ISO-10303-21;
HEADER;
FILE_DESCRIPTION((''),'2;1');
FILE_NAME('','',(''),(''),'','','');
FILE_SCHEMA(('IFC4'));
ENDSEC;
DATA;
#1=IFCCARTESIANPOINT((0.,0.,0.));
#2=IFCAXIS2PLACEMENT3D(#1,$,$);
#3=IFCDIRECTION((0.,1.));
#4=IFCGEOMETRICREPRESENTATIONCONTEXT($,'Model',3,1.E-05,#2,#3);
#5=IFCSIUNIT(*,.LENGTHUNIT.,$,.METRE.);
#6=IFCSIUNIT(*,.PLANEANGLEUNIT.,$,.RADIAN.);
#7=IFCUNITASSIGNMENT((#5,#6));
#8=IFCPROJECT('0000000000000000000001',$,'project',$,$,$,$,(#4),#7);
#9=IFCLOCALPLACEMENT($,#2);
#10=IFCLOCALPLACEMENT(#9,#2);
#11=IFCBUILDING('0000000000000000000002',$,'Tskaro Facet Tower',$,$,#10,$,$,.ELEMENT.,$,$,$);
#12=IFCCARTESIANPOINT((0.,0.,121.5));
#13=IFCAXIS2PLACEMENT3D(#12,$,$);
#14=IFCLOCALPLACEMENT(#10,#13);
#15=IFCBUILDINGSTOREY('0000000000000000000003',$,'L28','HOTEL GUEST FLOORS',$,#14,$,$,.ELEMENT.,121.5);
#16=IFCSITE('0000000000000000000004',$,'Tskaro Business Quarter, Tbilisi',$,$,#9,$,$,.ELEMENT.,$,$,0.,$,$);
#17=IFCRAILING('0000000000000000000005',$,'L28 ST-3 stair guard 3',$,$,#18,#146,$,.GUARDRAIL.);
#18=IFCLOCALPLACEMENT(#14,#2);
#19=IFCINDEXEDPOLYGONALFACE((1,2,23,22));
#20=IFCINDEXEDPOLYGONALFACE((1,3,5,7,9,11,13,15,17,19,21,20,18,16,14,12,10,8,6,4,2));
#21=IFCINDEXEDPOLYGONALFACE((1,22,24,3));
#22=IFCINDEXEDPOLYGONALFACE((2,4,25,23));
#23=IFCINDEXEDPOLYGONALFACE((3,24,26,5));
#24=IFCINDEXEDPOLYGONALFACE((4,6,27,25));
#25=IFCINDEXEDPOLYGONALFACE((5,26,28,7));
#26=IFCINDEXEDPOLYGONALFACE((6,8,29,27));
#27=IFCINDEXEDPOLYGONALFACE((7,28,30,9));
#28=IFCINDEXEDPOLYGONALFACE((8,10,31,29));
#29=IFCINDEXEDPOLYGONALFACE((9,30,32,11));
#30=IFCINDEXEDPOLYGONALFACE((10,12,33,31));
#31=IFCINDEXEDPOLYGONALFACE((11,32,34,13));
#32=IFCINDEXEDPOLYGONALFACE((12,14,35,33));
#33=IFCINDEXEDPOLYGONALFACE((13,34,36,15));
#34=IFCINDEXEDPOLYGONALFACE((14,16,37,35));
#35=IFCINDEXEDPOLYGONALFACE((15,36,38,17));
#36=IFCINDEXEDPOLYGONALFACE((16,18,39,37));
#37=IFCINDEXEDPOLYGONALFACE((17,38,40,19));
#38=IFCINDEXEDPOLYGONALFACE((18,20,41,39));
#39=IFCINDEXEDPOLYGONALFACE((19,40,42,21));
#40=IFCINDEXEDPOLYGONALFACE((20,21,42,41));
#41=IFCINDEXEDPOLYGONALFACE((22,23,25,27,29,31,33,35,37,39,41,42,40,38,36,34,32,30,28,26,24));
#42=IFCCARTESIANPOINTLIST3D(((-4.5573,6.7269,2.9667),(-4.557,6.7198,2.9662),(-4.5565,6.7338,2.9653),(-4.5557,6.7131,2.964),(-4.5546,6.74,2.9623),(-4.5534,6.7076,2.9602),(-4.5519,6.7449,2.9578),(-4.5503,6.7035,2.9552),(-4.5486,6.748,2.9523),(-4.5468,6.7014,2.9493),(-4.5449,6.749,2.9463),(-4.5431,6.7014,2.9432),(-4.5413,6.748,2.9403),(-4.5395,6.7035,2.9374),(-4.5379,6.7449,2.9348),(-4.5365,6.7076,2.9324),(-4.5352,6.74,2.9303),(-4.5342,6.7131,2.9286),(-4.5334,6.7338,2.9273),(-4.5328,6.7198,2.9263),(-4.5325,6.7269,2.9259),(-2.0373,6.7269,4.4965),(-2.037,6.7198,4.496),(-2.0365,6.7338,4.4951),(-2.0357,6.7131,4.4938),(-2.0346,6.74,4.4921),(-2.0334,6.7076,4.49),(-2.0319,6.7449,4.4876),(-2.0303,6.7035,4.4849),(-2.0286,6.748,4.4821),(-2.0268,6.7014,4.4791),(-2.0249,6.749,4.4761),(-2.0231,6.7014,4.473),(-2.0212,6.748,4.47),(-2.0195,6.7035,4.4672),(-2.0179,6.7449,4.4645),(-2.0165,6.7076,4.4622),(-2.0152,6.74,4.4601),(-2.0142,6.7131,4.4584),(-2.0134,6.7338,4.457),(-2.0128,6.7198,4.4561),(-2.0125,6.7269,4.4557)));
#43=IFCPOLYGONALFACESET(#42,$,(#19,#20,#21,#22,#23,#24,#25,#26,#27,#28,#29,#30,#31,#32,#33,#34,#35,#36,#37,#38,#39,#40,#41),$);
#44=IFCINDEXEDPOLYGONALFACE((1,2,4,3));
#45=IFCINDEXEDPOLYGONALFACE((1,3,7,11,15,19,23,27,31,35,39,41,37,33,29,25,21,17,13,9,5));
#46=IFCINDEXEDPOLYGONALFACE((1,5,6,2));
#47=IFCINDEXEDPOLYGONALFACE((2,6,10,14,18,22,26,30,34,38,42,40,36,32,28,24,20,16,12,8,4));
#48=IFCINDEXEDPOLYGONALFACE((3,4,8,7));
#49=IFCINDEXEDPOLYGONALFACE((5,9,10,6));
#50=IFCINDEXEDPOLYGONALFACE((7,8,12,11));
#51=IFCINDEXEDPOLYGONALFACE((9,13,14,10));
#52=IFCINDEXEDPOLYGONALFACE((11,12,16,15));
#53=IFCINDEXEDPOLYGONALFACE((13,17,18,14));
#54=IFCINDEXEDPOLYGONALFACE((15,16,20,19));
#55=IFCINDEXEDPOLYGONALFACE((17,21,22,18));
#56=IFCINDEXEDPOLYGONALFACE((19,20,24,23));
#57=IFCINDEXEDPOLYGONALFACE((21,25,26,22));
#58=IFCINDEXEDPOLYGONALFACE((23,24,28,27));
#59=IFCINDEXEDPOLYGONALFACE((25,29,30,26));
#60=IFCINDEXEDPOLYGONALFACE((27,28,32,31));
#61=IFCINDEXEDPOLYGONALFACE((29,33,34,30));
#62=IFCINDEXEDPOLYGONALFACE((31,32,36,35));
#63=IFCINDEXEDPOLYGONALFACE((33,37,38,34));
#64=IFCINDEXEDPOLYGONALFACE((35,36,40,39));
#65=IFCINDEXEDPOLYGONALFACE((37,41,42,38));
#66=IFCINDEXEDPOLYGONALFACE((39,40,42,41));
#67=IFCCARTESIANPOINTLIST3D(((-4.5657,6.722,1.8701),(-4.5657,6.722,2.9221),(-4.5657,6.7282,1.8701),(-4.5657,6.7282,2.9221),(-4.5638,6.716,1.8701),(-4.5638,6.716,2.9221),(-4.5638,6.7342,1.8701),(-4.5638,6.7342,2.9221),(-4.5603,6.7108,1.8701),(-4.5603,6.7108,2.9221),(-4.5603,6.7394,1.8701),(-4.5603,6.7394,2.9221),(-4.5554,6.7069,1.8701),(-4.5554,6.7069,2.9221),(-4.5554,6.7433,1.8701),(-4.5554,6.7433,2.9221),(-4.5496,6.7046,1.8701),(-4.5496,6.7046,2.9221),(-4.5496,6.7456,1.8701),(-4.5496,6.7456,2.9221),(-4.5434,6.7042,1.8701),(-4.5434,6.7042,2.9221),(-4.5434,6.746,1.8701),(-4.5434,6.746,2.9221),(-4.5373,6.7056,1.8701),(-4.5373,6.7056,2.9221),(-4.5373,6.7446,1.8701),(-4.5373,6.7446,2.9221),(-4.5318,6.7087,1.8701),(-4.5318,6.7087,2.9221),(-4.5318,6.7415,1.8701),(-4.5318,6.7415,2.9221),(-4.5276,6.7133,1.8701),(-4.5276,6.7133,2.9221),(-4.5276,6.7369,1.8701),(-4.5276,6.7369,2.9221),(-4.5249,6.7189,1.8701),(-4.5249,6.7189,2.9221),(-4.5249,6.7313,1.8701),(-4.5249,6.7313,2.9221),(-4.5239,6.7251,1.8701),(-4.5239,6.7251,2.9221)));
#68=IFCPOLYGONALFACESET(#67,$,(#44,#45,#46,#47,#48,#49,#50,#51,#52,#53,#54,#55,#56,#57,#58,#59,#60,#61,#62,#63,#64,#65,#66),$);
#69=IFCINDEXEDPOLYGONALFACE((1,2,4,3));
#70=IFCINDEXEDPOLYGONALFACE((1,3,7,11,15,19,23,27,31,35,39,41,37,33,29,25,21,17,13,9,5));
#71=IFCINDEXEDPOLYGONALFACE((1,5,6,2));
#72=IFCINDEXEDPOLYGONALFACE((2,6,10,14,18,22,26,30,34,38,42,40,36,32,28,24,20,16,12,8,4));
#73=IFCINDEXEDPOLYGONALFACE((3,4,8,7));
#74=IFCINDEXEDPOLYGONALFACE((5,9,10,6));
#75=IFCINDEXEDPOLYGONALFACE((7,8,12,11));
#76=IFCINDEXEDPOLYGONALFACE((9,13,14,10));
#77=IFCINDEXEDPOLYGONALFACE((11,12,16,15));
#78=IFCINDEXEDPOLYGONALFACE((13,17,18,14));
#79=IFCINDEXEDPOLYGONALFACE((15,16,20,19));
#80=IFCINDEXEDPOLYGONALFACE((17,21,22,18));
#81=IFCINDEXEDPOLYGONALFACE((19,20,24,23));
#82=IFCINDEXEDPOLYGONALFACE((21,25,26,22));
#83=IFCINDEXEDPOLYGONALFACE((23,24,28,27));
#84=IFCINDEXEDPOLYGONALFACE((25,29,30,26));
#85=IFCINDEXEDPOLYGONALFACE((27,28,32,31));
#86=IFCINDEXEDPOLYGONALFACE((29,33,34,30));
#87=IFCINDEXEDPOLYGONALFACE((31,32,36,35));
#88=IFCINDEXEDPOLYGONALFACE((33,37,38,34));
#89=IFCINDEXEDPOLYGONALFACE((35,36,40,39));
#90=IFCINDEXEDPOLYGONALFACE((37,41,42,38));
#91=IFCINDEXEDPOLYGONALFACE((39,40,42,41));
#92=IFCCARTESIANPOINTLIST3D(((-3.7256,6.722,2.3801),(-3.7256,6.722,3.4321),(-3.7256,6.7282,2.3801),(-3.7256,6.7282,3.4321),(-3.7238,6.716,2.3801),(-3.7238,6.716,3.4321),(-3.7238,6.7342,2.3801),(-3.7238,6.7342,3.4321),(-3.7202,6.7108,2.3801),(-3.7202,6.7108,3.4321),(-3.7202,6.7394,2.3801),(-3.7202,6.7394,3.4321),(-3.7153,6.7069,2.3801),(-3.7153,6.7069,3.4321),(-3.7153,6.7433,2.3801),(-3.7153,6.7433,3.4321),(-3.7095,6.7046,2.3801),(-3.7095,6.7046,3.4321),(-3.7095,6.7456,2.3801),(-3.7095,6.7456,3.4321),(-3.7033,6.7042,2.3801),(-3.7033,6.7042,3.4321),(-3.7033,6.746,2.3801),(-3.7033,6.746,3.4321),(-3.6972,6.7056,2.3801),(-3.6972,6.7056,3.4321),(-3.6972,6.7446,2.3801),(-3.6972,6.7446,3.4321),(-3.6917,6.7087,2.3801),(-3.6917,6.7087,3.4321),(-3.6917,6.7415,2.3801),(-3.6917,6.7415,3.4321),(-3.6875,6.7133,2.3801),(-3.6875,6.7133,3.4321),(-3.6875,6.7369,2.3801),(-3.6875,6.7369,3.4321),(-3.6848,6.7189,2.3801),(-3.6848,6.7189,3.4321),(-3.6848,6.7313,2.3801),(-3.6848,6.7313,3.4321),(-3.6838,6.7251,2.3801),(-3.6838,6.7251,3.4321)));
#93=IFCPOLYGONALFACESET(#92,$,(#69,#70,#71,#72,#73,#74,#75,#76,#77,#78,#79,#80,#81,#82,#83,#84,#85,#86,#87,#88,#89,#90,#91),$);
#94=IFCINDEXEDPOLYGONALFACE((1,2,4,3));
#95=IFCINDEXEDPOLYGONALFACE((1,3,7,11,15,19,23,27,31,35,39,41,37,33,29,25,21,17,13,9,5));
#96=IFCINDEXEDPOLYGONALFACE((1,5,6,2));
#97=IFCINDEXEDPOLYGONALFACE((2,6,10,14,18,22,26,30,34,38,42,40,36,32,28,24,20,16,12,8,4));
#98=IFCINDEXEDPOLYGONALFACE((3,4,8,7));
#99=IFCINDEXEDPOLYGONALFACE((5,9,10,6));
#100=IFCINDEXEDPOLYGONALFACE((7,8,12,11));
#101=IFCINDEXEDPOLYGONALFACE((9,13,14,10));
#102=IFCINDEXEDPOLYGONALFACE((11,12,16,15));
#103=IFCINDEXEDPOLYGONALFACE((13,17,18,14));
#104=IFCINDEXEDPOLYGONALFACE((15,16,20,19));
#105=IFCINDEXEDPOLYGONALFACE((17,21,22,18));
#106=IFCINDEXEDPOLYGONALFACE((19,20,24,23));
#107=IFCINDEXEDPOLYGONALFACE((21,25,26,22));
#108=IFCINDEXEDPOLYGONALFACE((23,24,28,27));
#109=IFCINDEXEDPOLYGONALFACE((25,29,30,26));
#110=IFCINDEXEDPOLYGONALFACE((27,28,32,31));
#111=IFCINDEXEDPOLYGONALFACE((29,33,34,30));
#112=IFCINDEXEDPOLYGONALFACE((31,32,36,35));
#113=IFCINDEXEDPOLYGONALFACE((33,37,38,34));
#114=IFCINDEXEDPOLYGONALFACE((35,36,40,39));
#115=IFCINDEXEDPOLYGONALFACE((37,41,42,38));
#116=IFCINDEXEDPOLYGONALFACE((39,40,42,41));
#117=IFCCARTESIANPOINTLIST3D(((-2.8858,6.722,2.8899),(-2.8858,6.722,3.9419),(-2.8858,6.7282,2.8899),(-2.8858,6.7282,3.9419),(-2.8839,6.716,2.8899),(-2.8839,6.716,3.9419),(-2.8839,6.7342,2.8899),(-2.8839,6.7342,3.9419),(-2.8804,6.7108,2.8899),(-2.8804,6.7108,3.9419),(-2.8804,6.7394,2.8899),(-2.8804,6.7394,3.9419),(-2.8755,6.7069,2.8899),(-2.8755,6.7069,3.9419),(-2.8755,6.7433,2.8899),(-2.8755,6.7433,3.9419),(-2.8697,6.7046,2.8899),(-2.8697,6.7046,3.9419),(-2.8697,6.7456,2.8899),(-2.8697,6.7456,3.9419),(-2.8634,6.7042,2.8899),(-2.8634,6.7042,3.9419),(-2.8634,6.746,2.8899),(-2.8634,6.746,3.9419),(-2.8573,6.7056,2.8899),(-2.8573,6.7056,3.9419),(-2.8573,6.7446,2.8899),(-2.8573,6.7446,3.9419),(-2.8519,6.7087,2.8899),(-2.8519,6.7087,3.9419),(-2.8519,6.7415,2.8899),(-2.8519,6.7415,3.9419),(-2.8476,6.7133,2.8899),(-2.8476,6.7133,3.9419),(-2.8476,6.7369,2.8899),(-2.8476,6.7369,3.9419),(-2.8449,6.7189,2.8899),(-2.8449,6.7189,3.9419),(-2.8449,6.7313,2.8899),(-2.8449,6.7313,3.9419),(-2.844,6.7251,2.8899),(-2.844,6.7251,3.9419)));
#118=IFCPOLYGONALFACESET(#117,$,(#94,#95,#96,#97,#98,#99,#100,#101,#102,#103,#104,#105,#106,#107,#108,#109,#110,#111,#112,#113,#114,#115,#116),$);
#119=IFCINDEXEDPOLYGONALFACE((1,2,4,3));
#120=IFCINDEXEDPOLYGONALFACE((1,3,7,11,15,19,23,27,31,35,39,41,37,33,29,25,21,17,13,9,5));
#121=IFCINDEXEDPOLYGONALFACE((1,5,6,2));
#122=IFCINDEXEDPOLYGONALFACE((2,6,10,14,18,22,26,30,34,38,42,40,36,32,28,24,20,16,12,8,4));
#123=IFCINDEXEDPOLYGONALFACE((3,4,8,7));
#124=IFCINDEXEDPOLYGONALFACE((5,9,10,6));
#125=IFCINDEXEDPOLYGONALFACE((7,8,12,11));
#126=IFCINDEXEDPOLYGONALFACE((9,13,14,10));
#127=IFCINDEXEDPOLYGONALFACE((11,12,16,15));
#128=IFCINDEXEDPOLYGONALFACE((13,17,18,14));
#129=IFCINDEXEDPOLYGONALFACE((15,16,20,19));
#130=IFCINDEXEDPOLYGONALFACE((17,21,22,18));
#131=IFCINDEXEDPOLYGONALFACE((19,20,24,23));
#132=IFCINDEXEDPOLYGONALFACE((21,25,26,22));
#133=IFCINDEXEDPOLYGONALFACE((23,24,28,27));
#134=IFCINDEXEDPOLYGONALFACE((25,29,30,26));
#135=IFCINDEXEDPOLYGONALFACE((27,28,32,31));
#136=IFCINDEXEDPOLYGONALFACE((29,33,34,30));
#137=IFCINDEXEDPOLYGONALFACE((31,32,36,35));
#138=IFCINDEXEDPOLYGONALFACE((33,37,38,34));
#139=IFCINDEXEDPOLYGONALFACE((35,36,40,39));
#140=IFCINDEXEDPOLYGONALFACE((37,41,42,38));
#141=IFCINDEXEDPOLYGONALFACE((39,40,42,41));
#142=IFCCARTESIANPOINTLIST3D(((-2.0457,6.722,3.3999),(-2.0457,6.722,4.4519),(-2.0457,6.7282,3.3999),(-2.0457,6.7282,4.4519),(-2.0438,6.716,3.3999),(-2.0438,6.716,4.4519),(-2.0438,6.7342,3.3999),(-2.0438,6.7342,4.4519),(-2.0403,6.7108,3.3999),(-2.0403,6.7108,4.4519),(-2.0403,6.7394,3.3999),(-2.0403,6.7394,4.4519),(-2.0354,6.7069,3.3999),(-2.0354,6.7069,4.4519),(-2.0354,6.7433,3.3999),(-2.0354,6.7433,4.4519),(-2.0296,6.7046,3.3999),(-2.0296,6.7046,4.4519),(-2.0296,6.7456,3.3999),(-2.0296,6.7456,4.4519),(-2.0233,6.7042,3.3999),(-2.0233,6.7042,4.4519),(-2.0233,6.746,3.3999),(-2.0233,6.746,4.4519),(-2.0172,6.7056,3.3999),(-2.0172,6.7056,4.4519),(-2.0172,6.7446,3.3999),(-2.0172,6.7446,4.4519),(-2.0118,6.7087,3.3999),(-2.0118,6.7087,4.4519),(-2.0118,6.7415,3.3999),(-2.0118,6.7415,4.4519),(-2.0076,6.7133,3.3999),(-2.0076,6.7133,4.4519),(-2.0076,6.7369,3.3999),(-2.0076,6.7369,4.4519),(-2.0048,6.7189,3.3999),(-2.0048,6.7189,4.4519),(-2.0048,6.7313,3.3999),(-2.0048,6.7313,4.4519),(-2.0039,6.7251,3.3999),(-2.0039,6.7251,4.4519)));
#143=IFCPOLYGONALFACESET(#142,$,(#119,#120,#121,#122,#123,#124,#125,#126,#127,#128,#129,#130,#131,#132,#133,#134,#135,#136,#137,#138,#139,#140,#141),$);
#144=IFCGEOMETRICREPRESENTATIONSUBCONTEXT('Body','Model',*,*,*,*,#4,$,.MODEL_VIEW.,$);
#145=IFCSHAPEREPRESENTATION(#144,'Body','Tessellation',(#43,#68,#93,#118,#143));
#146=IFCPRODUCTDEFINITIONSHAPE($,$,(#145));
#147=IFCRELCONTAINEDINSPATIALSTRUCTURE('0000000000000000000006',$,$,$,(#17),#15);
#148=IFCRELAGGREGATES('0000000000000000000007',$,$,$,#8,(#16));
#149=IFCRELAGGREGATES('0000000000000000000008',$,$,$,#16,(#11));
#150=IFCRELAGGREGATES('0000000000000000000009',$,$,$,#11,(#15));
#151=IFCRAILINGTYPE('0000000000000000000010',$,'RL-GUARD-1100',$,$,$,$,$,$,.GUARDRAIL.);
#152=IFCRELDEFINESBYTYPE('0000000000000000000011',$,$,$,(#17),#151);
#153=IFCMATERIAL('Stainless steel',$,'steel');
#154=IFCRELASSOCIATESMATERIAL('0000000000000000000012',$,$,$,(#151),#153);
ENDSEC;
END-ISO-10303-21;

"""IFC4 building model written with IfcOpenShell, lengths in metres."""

from ifc_helpers import new_model, si_unit, direction, frame, origin, origin_2d, place, context, subcontext, project, spatial, circle, extrude, material, type_object, element, save


model = new_model("IFC4")

# Units and contexts
model_context = context("Model", 3, precision=1e-05, world=origin(), true_north=direction((0.0, 1.0)))
body_context = subcontext(model_context, "Body", "Model", "MODEL_VIEW")
ifc_project = project(units=[si_unit("LENGTHUNIT", "METRE"), si_unit("PLANEANGLEUNIT", "RADIAN")], contexts=[model_context])

# Site, building, storey
site_placement = place(None, origin())
site = spatial("IfcSite", under=ifc_project, at=site_placement, Name="Tskaro Business Quarter, Tbilisi", CompositionType="ELEMENT", RefElevation=0.0)
building_placement = place(site_placement, origin())
building = spatial("IfcBuilding", under=site, at=building_placement, Name="Tskaro Facet Tower", CompositionType="ELEMENT")
storey_placement = place(building_placement, frame((0.0, 0.0, 121.5)))
storey = spatial("IfcBuildingStorey", under=building, at=storey_placement, Name="L28", Description="HOTEL GUEST FLOORS", CompositionType="ELEMENT", Elevation=121.5)

# Railing
ifc_material_1 = material(Name="Stainless steel", Category="steel")
railing_type_1 = type_object("IfcRailingType", Name="RL-GUARD-1100", PredefinedType="GUARDRAIL", material=ifc_material_1)
railing_1_placement = place(storey_placement, frame((-4.5449, 6.7251, 1.8701)))
element("IfcRailing", 1, at=railing_1_placement, inside=storey, type_object=railing_type_1, Name="L28 ST-3 stair guard 3", PredefinedType="GUARDRAIL", context=body_context, shape_type="SweptSolid", body=[
    extrude(circle(Radius=0.0239, at=origin_2d()), frame((0.0, 0.0, 1.0762), z_axis=(0.854822, 0.0, 0.518922), x_axis=(0.0, 1.0, 0.0)), (0.0, 0.0, 1.0), 2.948),
    extrude(circle(Radius=0.021, at=origin_2d()), origin(), (0.0, 0.0, 1.0), 1.052),
    extrude(circle(Radius=0.021, at=origin_2d()), frame((0.8401, 0.0, 0.51)), (0.0, 0.0, 1.0), 1.052),
    extrude(circle(Radius=0.021, at=origin_2d()), frame((1.6799, 0.0, 1.0198)), (0.0, 0.0, 1.0), 1.052),
    extrude(circle(Radius=0.021, at=origin_2d()), frame((2.52, 0.0, 1.5298)), (0.0, 0.0, 1.0), 1.052),
])

save(model, "model.ifc")
